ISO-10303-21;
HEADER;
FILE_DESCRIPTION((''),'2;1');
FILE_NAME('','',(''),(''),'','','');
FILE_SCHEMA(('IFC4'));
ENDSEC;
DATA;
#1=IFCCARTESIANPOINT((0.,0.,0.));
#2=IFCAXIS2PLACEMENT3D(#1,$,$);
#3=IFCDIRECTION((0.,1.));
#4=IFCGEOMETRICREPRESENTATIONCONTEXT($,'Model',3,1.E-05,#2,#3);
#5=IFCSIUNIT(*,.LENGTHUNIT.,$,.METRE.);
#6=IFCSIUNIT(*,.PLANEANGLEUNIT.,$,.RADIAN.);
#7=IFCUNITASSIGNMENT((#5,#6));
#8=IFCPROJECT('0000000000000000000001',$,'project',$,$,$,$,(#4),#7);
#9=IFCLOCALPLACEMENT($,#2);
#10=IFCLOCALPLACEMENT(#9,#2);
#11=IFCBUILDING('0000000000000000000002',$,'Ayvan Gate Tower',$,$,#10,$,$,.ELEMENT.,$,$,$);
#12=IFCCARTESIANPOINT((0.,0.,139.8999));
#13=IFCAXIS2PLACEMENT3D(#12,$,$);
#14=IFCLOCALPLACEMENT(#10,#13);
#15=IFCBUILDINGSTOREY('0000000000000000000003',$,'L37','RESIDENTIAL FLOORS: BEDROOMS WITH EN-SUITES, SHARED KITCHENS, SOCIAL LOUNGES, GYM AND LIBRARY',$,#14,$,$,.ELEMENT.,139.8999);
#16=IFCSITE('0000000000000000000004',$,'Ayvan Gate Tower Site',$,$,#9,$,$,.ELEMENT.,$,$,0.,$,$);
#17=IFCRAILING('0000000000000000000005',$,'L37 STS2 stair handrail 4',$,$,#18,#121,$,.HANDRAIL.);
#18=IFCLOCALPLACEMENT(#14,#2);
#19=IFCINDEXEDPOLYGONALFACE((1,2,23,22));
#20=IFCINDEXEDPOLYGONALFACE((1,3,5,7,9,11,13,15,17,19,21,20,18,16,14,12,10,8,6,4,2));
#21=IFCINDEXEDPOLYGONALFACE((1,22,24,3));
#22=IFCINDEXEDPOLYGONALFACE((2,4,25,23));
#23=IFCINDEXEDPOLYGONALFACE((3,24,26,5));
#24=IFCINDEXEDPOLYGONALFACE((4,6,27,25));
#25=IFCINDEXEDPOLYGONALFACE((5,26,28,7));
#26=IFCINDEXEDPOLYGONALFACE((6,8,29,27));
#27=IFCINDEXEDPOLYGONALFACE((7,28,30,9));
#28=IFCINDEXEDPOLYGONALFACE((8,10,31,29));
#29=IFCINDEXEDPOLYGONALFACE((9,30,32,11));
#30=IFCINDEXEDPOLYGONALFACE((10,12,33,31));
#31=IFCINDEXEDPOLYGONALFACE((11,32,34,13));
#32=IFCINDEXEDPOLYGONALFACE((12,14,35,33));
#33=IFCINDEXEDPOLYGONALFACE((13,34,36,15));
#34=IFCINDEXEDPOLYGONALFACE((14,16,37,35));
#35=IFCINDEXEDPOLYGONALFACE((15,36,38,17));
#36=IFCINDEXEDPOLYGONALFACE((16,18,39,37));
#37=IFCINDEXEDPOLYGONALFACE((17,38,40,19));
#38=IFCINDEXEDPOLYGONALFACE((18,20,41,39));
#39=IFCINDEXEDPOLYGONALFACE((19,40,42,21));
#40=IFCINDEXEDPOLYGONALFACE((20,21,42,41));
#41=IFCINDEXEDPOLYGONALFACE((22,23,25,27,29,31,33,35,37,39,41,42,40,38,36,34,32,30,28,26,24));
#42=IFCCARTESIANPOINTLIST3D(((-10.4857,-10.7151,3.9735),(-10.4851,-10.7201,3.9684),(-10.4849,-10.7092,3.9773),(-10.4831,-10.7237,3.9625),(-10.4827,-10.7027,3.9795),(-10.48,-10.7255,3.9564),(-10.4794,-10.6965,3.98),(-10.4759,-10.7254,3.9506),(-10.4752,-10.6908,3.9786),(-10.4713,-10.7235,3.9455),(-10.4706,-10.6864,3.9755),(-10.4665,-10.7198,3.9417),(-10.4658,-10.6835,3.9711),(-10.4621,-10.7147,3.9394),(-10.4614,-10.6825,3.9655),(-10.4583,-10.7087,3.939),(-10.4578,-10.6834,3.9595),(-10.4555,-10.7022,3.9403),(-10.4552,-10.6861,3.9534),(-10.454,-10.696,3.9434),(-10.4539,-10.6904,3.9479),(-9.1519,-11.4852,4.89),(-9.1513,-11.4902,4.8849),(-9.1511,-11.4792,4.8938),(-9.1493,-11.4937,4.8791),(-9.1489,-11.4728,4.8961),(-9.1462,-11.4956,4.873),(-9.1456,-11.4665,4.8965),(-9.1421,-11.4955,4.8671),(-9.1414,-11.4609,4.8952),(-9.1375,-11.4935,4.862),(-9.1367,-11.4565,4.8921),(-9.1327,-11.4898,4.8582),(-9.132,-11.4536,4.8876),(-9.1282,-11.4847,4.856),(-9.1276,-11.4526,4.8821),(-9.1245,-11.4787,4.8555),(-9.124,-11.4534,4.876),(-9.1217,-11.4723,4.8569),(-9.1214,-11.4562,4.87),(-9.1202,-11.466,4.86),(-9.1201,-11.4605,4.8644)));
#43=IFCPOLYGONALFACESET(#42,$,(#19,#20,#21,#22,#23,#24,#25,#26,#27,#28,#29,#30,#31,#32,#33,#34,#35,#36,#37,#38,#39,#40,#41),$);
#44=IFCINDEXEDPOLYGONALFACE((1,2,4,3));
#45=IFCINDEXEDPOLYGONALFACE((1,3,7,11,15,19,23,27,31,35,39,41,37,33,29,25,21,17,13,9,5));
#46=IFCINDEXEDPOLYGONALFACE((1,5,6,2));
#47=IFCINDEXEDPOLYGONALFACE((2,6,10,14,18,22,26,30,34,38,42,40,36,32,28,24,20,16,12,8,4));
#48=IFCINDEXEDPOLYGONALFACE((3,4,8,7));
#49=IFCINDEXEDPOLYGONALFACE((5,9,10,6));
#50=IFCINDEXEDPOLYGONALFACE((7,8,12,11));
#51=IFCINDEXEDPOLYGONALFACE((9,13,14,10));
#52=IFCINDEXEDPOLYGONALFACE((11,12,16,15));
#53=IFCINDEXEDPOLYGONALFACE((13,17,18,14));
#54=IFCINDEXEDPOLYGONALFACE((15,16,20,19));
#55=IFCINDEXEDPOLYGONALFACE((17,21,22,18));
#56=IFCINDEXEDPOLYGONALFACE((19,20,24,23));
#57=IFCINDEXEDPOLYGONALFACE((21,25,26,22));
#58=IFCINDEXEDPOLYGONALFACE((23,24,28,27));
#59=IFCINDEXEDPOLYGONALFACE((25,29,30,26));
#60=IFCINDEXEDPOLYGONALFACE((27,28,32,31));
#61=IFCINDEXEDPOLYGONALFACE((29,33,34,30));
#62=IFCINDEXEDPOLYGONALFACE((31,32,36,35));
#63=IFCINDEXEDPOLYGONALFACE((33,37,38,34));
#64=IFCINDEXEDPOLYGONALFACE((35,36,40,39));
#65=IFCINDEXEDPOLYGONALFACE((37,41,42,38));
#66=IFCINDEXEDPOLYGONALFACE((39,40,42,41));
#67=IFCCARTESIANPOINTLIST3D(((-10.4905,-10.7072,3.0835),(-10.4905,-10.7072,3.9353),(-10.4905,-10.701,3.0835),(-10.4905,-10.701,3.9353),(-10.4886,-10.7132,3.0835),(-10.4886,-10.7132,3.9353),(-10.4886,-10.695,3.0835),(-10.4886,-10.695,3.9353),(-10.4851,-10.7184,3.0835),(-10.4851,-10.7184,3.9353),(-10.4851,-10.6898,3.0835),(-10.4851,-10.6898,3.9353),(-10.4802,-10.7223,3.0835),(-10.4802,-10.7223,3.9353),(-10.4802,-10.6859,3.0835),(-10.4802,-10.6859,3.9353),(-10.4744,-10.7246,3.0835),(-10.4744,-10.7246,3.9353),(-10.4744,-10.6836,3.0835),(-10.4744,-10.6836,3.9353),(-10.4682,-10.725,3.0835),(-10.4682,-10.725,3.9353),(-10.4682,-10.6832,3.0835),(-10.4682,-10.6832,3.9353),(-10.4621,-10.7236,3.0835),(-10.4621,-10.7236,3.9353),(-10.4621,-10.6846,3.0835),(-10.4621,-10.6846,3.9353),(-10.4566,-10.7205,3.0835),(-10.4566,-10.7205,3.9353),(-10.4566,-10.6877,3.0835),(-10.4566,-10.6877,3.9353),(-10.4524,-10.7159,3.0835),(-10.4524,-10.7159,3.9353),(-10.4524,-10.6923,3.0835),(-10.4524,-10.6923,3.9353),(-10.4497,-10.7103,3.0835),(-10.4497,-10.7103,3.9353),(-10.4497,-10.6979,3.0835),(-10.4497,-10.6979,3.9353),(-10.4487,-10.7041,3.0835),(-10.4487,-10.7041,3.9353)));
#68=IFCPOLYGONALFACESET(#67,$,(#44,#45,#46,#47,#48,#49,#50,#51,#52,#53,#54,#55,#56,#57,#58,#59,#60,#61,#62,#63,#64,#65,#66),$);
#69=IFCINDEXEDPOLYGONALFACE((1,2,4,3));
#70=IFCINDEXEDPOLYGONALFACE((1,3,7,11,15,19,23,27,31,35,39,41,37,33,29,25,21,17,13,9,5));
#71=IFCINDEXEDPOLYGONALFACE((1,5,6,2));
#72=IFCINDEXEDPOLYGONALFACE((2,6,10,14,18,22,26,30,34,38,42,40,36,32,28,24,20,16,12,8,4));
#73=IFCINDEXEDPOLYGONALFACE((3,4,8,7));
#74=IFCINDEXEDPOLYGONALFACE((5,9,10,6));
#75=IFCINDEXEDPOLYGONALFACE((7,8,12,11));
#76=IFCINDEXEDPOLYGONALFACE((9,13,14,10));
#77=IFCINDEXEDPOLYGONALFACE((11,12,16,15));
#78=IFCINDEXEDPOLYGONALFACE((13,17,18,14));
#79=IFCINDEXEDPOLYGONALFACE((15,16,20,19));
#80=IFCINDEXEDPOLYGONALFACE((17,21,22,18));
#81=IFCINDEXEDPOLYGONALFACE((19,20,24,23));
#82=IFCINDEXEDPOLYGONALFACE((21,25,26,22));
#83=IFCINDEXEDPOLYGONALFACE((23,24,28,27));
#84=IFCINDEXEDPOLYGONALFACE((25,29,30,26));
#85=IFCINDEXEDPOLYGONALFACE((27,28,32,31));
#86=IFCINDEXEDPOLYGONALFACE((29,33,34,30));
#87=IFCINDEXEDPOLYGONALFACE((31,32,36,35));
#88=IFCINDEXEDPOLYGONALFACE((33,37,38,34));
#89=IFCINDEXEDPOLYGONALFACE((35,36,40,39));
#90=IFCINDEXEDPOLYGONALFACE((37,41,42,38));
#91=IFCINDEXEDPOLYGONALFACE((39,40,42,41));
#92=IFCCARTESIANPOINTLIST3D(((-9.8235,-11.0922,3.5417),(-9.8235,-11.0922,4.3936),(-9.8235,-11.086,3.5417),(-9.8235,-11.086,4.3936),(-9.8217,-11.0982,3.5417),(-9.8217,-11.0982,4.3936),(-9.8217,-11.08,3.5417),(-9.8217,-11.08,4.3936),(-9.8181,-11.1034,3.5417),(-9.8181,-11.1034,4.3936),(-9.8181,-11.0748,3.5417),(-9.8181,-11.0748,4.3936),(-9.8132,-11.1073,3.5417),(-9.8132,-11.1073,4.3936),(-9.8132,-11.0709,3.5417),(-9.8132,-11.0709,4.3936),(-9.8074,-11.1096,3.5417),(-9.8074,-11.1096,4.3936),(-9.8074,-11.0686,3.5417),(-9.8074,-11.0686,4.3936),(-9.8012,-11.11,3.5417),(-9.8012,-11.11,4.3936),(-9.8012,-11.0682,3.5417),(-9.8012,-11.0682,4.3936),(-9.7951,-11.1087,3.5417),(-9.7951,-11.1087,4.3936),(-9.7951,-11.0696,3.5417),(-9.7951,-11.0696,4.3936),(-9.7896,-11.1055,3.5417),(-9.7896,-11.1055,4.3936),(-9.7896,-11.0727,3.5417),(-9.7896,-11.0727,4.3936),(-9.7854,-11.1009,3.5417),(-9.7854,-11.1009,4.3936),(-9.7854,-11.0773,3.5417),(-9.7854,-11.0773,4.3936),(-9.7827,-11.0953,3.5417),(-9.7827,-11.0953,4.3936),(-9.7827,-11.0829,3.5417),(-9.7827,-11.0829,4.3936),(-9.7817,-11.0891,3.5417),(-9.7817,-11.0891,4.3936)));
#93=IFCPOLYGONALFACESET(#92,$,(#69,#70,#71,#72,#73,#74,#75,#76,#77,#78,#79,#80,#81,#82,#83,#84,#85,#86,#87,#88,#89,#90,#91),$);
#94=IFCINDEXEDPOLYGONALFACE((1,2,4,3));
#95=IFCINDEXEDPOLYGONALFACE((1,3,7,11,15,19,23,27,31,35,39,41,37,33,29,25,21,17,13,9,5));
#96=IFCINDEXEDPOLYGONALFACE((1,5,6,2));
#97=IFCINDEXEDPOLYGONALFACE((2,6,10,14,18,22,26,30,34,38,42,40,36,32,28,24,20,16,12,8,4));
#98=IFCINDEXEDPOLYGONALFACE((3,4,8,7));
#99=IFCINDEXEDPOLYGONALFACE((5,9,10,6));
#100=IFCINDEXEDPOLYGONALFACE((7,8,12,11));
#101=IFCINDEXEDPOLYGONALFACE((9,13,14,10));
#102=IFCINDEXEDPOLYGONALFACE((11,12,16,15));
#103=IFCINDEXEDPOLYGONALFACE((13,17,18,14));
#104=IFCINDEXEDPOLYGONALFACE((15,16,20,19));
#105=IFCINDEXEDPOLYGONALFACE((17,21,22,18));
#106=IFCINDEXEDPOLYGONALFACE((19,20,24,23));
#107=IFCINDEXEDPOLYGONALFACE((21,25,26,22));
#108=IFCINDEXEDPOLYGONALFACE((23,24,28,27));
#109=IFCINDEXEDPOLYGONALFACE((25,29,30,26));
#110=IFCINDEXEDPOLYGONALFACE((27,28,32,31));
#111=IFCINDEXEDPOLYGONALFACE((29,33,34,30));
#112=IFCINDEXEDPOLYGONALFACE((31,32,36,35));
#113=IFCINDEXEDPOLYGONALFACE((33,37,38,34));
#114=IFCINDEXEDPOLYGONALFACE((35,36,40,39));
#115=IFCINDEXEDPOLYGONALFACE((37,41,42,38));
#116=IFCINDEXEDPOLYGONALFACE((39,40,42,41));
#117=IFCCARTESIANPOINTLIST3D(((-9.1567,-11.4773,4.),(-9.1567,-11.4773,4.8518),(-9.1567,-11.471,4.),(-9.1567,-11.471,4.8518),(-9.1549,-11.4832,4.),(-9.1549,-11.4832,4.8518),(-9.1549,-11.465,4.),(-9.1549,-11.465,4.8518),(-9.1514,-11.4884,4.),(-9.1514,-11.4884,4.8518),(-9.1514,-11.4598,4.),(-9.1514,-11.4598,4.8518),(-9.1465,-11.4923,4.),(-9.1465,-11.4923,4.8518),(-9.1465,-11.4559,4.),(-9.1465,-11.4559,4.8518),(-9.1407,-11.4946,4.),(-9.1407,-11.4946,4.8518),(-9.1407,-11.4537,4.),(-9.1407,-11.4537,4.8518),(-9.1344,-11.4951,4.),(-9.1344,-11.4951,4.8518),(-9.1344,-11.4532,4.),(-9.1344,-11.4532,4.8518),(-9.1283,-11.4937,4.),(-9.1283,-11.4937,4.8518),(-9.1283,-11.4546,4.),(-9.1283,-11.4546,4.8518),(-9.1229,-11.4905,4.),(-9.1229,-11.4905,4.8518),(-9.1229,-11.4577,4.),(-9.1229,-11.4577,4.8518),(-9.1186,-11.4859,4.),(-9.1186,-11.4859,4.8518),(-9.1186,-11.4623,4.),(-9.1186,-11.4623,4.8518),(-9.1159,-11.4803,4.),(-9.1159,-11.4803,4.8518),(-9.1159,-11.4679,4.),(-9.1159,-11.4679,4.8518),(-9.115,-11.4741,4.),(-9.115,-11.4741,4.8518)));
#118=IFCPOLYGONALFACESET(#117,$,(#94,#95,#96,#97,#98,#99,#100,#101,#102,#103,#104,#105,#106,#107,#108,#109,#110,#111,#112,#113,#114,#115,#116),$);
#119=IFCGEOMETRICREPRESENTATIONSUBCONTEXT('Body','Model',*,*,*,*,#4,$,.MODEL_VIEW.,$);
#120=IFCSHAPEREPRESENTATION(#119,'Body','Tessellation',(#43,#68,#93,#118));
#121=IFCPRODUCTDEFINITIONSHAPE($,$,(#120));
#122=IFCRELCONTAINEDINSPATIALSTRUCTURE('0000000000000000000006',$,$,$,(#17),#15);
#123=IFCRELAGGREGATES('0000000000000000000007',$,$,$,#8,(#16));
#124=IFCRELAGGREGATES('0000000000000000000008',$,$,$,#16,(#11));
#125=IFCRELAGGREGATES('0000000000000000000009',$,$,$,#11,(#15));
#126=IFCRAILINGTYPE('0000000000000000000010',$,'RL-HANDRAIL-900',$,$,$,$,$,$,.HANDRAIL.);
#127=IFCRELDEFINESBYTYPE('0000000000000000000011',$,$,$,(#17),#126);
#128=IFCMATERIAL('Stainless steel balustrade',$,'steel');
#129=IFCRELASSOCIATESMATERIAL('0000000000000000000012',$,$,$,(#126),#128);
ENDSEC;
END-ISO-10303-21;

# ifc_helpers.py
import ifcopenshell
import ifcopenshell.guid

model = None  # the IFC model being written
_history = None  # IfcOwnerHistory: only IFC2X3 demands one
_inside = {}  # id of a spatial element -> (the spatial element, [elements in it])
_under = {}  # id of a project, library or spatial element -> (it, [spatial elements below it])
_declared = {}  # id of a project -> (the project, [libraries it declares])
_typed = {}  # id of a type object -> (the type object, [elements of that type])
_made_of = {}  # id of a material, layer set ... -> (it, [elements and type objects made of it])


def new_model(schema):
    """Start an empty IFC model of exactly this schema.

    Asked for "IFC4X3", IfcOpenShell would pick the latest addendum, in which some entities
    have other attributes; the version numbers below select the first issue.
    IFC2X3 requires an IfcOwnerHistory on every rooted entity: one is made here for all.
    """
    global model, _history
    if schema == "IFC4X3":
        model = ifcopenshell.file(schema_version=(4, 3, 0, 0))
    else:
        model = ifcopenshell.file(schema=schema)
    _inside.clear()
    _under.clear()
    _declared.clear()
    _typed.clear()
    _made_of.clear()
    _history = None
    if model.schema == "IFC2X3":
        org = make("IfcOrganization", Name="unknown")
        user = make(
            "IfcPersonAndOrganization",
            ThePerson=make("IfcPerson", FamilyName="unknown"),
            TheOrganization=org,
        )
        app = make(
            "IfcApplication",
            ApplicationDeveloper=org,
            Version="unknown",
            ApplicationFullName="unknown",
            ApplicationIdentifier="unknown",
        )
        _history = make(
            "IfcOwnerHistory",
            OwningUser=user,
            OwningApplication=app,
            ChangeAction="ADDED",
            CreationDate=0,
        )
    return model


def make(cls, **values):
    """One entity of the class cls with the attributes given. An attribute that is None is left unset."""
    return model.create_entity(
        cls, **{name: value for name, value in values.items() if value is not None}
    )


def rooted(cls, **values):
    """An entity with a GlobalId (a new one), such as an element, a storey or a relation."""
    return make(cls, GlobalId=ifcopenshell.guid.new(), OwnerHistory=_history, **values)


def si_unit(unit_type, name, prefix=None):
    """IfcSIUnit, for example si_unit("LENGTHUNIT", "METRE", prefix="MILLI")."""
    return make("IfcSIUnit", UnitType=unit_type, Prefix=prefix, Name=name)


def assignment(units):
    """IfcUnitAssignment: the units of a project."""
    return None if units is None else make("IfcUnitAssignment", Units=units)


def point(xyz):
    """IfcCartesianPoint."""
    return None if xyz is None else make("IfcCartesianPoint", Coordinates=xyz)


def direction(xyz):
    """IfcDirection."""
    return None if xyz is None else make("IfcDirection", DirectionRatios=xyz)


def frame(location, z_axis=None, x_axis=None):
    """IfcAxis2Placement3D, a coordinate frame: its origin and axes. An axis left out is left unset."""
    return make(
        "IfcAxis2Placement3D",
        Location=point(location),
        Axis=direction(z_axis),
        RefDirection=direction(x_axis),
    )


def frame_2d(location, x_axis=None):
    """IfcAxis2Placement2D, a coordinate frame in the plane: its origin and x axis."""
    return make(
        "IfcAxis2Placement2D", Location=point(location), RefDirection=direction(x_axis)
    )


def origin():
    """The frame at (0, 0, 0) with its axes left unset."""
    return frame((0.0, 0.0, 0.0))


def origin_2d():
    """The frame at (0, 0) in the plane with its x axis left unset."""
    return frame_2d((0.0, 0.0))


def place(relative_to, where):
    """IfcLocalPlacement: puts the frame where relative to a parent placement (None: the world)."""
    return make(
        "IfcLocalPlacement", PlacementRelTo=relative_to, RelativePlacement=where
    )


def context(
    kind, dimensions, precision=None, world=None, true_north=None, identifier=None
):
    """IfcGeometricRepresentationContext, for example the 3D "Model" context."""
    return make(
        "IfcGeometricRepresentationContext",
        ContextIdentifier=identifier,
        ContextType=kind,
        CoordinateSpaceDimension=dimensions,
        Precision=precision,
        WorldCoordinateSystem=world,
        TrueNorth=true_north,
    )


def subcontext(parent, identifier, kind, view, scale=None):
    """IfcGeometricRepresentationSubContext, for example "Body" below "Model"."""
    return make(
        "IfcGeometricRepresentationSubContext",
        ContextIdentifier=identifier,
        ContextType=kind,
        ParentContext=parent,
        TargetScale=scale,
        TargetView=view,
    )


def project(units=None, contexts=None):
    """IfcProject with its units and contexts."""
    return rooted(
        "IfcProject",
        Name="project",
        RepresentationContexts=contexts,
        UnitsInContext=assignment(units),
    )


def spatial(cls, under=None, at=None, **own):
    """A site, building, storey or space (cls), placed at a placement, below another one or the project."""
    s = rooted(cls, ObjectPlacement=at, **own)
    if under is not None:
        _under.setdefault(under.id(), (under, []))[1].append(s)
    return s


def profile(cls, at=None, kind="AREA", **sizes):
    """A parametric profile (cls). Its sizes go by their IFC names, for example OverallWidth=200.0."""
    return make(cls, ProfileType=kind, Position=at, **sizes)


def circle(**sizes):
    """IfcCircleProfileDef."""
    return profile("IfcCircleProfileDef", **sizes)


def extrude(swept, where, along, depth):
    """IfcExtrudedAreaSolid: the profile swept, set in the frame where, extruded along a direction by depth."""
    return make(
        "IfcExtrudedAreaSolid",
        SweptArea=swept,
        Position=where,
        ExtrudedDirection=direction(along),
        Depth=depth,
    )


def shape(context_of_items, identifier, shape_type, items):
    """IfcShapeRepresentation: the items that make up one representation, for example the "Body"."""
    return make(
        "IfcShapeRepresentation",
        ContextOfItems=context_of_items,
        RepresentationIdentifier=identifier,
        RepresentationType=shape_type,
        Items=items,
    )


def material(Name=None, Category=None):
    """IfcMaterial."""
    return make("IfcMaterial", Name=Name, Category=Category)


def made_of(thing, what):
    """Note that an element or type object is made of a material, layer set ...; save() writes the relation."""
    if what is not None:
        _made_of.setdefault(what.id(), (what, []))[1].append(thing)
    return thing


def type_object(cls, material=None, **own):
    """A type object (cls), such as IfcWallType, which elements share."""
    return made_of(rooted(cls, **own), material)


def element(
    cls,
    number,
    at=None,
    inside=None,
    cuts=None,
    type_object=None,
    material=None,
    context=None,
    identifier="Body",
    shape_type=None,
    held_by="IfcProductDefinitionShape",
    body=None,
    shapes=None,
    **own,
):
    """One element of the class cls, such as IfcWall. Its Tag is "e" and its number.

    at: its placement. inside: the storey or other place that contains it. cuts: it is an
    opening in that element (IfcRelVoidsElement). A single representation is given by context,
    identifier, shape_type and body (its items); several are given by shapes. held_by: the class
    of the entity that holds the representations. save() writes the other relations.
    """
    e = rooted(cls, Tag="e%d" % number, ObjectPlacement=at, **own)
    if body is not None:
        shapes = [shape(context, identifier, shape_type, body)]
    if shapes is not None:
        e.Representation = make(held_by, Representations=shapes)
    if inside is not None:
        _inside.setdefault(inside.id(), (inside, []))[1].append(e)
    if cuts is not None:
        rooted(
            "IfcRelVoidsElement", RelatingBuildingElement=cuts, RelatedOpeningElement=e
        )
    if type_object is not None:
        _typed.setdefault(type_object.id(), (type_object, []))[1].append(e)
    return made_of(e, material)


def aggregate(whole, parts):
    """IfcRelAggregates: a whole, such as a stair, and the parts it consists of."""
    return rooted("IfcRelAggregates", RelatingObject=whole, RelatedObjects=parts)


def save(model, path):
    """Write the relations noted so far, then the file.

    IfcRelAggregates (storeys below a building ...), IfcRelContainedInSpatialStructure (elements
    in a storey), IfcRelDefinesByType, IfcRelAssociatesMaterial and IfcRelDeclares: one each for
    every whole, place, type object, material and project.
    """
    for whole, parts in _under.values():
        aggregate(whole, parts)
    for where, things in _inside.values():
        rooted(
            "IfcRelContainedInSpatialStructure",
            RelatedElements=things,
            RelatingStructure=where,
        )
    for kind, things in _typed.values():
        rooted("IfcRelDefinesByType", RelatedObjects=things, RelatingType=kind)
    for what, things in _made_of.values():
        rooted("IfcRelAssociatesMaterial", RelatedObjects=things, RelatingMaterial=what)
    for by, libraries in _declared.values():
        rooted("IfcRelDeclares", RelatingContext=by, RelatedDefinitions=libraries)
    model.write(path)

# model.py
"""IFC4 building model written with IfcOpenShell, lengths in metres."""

from ifc_helpers import new_model, si_unit, direction, frame, origin, origin_2d, place, context, subcontext, project, spatial, circle, extrude, material, type_object, element, save


model = new_model("IFC4")

# Units and contexts
model_context = context("Model", 3, precision=1e-05, world=origin(), true_north=direction((0.0, 1.0)))
body_context = subcontext(model_context, "Body", "Model", "MODEL_VIEW")
ifc_project = project(units=[si_unit("LENGTHUNIT", "METRE"), si_unit("PLANEANGLEUNIT", "RADIAN")], contexts=[model_context])

# Site, building, storey
site_placement = place(None, origin())
site = spatial("IfcSite", under=ifc_project, at=site_placement, Name="Ayvan Gate Tower Site", CompositionType="ELEMENT", RefElevation=0.0)
building_placement = place(site_placement, origin())
building = spatial("IfcBuilding", under=site, at=building_placement, Name="Ayvan Gate Tower", CompositionType="ELEMENT")
storey_placement = place(building_placement, frame((0.0, 0.0, 139.8999)))
storey = spatial("IfcBuildingStorey", under=building, at=storey_placement, Name="L37", Description="RESIDENTIAL FLOORS: BEDROOMS WITH EN-SUITES, SHARED KITCHENS, SOCIAL LOUNGES, GYM AND LIBRARY", CompositionType="ELEMENT", Elevation=139.8999)

# Railing
ifc_material_1 = material(Name="Stainless steel balustrade", Category="steel")
railing_type = type_object("IfcRailingType", Name="RL-HANDRAIL-900", PredefinedType="HANDRAIL", material=ifc_material_1)
railing_placement = place(storey_placement, frame((-10.4697, -10.7041, 3.0835)))
element("IfcRailing", 1, at=railing_placement, inside=storey, type_object=railing_type, Name="L37 STS2 stair handrail 4", PredefinedType="HANDRAIL", context=body_context, shape_type="SweptSolid", body=[
    extrude(circle(Radius=0.0239, at=origin_2d()), frame((0.0, 0.0, 0.876), z_axis=(0.744216, -0.429664, 0.511401), x_axis=(0.499992, 0.86603, 0.0)), (0.0, 0.0, 1.0), 1.7922),
    extrude(circle(Radius=0.021, at=origin_2d()), origin(), (0.0, 0.0, 1.0), 0.8518),
    extrude(circle(Radius=0.021, at=origin_2d()), frame((0.667, -0.385, 0.4583)), (0.0, 0.0, 1.0), 0.8518),
    extrude(circle(Radius=0.021, at=origin_2d()), frame((1.3337, -0.77, 0.9165)), (0.0, 0.0, 1.0), 0.8518),
])

save(model, "model.ifc")
